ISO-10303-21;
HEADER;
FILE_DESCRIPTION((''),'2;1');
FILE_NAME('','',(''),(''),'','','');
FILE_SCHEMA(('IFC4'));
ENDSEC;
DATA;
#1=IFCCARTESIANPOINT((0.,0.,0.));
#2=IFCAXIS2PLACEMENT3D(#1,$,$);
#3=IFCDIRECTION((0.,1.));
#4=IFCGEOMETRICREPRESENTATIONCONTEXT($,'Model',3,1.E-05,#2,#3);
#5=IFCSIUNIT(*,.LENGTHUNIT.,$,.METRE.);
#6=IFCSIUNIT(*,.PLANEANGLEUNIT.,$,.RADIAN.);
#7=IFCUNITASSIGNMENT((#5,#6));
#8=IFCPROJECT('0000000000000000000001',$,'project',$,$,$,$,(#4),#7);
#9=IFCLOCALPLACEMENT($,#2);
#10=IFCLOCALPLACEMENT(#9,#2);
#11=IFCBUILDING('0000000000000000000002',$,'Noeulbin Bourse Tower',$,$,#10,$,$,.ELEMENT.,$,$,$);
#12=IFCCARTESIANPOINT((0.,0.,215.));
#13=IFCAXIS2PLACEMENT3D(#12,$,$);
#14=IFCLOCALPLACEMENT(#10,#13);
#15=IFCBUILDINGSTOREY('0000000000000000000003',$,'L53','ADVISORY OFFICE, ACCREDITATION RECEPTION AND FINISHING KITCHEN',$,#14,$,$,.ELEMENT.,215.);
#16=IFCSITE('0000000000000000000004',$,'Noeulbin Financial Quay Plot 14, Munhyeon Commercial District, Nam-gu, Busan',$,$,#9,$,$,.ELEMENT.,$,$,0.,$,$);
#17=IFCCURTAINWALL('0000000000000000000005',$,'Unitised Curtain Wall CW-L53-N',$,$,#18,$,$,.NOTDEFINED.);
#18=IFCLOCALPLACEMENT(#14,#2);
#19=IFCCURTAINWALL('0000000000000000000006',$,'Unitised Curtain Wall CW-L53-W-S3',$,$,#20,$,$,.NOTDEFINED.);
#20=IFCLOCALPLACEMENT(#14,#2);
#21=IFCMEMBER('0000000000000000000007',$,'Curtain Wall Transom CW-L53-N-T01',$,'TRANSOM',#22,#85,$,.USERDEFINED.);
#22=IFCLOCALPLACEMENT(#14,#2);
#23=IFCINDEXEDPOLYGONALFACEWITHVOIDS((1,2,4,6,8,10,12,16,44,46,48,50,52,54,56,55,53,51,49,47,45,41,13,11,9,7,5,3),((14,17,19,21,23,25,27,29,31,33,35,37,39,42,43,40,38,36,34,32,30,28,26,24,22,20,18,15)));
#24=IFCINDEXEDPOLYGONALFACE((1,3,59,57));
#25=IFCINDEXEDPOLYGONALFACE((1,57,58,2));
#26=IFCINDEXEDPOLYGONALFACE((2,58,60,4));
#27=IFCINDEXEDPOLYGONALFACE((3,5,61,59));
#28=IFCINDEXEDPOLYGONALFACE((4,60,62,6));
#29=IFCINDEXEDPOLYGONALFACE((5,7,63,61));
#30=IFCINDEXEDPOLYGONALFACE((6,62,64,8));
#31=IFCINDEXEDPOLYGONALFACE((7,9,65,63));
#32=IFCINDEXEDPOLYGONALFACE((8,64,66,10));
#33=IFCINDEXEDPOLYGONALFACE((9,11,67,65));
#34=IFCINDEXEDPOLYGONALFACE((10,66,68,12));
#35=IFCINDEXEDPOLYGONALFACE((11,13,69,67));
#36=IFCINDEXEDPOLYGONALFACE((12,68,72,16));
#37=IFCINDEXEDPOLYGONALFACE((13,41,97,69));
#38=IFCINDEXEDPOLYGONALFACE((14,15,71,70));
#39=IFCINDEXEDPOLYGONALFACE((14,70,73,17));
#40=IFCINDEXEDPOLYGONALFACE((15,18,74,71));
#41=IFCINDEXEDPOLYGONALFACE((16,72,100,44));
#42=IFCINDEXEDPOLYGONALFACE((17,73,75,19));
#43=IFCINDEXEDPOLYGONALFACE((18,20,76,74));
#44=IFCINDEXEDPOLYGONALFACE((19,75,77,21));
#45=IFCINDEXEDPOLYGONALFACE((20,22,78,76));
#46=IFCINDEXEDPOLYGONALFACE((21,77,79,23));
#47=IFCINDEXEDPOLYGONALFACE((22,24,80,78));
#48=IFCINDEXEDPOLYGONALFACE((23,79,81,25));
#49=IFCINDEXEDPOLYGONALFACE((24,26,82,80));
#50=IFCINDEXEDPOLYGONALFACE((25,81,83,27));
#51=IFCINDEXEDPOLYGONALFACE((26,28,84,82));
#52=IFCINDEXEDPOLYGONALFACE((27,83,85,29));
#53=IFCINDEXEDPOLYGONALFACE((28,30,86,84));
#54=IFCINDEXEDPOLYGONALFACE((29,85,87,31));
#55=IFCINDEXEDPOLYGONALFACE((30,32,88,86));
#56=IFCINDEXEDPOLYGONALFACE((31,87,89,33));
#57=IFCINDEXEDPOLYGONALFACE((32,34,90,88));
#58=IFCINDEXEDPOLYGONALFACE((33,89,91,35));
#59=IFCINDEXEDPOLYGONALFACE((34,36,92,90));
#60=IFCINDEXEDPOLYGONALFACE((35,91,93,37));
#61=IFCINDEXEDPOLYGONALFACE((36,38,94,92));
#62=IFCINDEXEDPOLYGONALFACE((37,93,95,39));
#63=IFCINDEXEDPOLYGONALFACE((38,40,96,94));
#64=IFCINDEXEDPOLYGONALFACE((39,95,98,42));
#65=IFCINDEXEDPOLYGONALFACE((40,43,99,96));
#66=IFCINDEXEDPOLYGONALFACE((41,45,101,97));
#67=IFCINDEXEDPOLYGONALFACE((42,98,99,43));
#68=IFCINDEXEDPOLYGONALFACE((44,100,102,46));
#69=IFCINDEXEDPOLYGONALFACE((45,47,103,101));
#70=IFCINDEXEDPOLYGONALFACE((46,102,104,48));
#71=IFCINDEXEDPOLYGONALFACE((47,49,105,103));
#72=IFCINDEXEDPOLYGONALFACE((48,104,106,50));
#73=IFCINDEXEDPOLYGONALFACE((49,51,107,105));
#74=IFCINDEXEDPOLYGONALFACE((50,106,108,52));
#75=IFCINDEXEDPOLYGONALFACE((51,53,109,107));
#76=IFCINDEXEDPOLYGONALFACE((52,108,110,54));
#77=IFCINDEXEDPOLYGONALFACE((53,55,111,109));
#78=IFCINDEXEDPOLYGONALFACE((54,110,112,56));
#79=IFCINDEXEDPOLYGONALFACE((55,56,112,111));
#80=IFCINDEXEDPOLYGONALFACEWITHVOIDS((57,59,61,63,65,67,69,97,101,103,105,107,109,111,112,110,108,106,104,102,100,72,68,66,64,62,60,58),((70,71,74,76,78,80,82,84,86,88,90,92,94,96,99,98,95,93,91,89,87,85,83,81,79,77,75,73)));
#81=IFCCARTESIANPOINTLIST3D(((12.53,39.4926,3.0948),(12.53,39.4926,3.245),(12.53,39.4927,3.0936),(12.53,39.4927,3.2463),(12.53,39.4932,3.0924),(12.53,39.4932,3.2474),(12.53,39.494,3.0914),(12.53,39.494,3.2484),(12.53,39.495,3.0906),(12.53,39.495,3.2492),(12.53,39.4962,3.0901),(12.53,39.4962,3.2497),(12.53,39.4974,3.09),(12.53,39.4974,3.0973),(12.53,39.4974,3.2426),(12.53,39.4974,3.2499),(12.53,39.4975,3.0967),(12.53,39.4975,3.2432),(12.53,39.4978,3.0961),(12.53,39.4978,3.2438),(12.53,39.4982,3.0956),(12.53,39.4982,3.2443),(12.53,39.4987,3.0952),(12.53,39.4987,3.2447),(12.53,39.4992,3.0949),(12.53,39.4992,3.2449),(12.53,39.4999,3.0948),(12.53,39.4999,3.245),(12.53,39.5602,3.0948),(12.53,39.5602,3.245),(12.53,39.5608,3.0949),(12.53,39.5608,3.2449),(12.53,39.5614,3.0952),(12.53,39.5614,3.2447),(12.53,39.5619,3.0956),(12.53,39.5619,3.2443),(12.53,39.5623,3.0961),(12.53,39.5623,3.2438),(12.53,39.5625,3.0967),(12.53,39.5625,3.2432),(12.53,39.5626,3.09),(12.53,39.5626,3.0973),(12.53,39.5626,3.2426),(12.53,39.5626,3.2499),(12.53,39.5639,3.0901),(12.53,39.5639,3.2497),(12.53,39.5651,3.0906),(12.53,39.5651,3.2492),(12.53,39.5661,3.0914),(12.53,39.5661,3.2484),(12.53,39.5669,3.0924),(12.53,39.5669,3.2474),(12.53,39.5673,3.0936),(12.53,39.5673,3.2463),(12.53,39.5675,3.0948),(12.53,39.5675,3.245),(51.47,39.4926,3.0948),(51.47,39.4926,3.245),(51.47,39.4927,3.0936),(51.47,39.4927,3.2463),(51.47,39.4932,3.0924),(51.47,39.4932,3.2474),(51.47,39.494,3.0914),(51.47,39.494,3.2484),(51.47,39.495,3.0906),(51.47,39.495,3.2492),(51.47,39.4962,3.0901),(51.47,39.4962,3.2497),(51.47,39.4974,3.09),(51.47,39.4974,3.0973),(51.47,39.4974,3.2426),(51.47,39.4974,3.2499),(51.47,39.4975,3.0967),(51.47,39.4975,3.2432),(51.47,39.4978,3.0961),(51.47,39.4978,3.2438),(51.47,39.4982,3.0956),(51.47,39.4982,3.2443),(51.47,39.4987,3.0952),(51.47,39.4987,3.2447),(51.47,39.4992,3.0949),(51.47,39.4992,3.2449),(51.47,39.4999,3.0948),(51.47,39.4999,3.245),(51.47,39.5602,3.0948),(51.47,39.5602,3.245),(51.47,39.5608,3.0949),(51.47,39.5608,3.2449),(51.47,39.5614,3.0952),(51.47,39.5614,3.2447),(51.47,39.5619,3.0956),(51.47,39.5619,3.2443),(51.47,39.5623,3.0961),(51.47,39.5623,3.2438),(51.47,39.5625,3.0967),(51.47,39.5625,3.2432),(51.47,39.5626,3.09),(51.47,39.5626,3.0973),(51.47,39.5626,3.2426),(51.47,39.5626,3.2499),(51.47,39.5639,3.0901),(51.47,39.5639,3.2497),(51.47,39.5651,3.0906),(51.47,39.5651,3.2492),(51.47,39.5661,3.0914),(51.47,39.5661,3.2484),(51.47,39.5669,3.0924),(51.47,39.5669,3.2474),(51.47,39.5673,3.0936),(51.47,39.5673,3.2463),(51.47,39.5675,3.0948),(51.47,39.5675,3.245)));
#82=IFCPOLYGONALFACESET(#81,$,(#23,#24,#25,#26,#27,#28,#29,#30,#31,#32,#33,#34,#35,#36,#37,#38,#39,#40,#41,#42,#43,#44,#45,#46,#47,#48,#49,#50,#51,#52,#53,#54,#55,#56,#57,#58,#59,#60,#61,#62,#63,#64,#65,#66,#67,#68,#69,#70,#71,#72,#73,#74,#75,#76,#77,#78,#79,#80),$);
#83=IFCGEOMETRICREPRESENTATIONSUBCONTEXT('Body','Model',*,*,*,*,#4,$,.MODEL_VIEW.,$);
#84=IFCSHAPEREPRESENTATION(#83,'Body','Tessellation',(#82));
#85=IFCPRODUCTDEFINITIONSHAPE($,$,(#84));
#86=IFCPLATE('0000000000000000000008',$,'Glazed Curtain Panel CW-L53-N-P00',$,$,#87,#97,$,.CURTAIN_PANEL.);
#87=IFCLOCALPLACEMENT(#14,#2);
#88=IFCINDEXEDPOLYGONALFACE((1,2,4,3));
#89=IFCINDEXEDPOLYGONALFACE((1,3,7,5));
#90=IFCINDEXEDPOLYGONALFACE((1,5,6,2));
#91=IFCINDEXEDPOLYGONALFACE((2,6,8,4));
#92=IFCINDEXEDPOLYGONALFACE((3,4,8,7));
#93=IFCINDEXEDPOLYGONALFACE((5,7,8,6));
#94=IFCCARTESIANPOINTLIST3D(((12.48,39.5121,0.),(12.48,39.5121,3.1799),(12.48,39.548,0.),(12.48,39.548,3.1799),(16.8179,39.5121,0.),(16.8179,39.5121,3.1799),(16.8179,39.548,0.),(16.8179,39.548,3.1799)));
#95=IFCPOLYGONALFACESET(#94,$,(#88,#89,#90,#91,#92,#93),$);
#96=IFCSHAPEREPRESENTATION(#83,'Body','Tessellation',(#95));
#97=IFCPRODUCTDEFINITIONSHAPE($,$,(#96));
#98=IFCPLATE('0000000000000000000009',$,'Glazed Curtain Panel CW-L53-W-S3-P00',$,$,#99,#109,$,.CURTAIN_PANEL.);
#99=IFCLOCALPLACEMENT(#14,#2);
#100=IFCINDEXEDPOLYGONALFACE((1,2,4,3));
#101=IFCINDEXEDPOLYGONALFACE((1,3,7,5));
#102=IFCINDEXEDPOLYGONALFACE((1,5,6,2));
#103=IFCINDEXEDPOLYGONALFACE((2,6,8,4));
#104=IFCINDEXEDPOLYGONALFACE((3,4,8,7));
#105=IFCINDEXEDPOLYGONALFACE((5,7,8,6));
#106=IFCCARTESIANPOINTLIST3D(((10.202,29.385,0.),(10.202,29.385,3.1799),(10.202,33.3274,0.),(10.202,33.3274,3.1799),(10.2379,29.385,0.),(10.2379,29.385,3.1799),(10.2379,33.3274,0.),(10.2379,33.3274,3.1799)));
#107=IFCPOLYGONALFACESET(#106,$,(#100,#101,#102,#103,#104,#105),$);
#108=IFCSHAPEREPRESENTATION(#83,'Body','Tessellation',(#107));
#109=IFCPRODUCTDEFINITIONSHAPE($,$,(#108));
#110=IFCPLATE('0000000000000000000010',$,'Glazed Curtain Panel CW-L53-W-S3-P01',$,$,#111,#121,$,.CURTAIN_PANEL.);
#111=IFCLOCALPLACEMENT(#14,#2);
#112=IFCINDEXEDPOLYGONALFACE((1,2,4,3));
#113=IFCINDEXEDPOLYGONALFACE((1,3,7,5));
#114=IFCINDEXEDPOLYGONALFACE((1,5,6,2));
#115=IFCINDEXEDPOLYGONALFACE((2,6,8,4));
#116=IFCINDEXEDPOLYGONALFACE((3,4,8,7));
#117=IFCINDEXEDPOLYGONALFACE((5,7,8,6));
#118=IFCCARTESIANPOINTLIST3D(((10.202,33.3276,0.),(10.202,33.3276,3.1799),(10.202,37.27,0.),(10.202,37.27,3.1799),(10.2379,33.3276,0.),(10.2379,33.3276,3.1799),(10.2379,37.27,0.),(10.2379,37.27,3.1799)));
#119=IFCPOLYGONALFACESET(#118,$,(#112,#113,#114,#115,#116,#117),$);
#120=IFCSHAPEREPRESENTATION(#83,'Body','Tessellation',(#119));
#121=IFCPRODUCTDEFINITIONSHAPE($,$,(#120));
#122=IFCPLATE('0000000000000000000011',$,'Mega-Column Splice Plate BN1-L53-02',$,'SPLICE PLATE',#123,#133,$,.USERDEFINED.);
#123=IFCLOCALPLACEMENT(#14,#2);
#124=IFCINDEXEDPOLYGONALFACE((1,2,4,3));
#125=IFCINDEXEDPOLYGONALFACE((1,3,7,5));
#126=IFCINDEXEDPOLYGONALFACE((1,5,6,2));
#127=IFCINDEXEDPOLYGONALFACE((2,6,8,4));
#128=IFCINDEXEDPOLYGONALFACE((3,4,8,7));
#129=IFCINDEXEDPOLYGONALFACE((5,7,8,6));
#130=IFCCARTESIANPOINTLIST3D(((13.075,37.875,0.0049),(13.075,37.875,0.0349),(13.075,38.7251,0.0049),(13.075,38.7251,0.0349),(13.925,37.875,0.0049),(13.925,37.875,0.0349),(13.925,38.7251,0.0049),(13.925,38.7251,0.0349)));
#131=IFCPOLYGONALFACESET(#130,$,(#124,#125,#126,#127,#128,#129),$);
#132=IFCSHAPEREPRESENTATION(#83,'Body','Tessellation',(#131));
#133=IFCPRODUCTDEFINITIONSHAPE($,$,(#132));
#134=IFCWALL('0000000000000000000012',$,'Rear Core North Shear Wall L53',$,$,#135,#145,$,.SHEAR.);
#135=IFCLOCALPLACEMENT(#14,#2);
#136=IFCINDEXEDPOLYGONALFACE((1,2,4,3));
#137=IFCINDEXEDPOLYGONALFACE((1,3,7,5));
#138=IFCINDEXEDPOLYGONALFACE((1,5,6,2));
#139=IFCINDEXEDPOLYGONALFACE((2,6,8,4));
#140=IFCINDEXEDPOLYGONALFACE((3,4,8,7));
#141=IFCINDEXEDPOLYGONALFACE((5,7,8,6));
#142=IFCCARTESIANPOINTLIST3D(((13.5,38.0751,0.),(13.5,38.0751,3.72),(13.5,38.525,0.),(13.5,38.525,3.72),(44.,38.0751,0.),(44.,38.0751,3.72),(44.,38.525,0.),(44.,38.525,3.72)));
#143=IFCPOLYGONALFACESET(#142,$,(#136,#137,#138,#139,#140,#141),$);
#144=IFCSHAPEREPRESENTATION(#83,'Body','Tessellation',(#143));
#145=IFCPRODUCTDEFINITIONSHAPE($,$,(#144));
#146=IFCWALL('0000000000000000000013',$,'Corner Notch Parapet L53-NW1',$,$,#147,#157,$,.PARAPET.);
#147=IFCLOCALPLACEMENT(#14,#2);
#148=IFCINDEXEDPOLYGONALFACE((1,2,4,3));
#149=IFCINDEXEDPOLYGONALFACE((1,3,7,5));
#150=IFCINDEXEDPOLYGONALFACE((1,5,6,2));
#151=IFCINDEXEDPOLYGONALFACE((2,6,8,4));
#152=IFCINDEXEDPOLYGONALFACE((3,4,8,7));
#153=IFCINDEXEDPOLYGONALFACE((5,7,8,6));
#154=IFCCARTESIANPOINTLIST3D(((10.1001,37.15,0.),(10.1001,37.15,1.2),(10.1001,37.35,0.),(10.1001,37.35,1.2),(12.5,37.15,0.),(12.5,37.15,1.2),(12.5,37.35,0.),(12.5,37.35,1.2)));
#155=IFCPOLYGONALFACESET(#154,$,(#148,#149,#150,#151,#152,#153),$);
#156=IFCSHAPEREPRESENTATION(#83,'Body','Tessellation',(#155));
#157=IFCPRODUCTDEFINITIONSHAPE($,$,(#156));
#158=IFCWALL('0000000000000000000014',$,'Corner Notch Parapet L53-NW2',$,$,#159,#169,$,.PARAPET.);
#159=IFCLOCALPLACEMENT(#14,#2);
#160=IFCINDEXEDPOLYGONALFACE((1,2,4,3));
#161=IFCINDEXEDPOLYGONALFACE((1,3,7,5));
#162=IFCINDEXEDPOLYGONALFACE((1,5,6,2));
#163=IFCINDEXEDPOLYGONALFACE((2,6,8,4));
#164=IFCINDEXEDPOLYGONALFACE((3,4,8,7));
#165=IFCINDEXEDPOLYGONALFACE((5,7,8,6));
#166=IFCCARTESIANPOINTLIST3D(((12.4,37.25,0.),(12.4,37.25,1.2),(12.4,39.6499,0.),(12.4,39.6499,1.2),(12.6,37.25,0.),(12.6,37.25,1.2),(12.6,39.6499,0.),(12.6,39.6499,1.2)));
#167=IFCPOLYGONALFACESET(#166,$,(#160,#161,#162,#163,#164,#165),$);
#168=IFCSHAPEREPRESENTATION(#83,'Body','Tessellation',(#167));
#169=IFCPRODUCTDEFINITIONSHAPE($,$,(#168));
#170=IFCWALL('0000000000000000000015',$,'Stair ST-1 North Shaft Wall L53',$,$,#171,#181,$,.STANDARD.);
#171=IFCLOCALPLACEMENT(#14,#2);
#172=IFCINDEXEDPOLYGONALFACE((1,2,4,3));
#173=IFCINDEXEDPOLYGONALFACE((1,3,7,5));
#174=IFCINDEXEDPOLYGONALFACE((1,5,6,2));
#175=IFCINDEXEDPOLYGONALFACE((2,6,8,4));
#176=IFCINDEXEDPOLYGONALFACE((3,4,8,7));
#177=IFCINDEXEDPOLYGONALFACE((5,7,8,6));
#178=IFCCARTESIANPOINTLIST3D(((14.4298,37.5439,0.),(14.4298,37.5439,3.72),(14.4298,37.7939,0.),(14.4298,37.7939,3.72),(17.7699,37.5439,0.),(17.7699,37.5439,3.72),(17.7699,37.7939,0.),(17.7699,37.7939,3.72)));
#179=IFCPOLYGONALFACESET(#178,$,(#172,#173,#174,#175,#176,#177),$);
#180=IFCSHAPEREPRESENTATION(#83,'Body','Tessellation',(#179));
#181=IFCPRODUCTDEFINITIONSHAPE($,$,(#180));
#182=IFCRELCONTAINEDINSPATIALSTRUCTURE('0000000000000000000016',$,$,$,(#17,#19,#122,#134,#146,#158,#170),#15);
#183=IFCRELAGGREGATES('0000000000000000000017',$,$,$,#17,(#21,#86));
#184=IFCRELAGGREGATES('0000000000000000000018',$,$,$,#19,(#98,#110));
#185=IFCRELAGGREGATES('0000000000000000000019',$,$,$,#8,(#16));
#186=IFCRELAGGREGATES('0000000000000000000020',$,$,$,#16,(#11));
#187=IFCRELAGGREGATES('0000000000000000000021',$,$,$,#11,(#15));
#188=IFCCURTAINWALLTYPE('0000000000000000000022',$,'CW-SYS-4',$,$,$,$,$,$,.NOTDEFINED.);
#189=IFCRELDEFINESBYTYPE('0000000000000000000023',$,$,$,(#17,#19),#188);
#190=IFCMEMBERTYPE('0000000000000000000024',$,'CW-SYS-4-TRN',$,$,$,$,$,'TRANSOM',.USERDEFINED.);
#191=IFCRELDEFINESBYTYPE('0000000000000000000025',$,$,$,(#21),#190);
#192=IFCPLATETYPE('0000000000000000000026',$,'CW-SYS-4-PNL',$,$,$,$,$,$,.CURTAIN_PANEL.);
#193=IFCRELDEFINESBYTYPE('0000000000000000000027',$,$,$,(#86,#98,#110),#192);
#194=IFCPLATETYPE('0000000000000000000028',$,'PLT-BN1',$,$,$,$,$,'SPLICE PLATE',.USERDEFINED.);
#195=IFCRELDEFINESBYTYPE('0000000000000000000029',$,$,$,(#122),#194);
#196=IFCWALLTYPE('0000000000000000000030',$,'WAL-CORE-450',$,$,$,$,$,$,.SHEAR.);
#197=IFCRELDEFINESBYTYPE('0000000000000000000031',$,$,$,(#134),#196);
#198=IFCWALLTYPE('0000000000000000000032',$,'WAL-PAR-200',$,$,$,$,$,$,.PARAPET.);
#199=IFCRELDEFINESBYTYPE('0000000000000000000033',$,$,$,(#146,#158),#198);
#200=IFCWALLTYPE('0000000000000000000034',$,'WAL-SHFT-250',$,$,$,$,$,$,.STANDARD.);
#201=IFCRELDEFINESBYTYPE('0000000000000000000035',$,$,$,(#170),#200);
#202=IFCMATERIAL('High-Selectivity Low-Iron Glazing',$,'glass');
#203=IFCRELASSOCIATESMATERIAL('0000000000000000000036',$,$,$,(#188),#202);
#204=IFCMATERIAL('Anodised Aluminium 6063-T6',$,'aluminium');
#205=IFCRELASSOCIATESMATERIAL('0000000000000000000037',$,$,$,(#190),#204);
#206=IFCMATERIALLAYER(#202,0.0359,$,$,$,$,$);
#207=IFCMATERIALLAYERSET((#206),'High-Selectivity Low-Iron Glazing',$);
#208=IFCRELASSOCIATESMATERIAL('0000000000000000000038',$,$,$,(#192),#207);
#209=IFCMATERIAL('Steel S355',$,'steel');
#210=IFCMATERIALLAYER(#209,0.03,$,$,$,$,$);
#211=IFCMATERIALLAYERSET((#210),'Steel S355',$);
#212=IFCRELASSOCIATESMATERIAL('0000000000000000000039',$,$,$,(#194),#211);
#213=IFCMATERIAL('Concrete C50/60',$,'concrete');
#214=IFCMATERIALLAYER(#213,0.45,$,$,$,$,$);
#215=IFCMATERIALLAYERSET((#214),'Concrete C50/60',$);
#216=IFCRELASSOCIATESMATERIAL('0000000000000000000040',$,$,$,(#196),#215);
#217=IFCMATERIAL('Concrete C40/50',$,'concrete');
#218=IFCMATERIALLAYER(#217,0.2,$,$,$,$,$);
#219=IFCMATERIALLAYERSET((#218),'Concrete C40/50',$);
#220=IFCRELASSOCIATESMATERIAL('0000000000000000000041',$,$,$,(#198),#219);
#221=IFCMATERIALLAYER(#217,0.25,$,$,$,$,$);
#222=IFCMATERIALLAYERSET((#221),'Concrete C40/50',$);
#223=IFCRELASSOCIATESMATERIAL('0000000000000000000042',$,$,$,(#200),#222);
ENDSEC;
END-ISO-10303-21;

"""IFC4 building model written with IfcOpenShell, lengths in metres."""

from ifc_helpers import new_model, si_unit, direction, frame, frame_2d, origin, origin_2d, place, context, subcontext, project, spatial, rectangle, hollow_rectangle, extrude, material, layer, layer_set, material_profile, profile_set, type_object, element, aggregate, save


model = new_model("IFC4")

# Units and contexts
model_context = context("Model", 3, precision=1e-05, world=origin(), true_north=direction((0.0, 1.0)))
body_context = subcontext(model_context, "Body", "Model", "MODEL_VIEW")
ifc_project = project(units=[si_unit("LENGTHUNIT", "METRE"), si_unit("PLANEANGLEUNIT", "RADIAN")], contexts=[model_context])

# Site, building, storey
site_placement = place(None, origin())
site = spatial("IfcSite", under=ifc_project, at=site_placement, Name="Noeulbin Financial Quay Plot 14, Munhyeon Commercial District, Nam-gu, Busan", CompositionType="ELEMENT", RefElevation=0.0)
building_placement = place(site_placement, origin())
building = spatial("IfcBuilding", under=site, at=building_placement, Name="Noeulbin Bourse Tower", CompositionType="ELEMENT")
storey_placement = place(building_placement, frame((0.0, 0.0, 215.0)))
storey = spatial("IfcBuildingStorey", under=building, at=storey_placement, Name="L53", Description="ADVISORY OFFICE, ACCREDITATION RECEPTION AND FINISHING KITCHEN", CompositionType="ELEMENT", Elevation=215.0)

# Shared definitions
ifc_material_1 = material(Name="Steel S355", Category="steel")

# Curtain wall
ifc_material_2 = material(Name="High-Selectivity Low-Iron Glazing", Category="glass")
curtain_wall_type = type_object("IfcCurtainWallType", Name="CW-SYS-4", PredefinedType="NOTDEFINED", material=ifc_material_2)
curtain_wall_1_placement = place(storey_placement, origin())
curtain_wall_1 = element("IfcCurtainWall", 1, at=curtain_wall_1_placement, inside=storey, type_object=curtain_wall_type, Name="Unitised Curtain Wall CW-L53-N", PredefinedType="NOTDEFINED")
ifc_material_3 = material(Name="Anodised Aluminium 6063-T6", Category="aluminium")

# Curtain wall
curtain_wall_2_placement = place(storey_placement, origin())
curtain_wall_2 = element("IfcCurtainWall", 2, at=curtain_wall_2_placement, inside=storey, type_object=curtain_wall_type, Name="Unitised Curtain Wall CW-L53-W-S3", PredefinedType="NOTDEFINED")

# Member
ifc_material_profile_1 = material_profile(ifc_material_3, hollow_rectangle(XDim=0.075, YDim=0.1599, WallThickness=0.0049, InnerFilletRadius=0.0024, OuterFilletRadius=0.0049, at=origin_2d()), Name="ALU-TRAN-75x160x5", Category="LoadBearing")
ifc_profile_set_1 = profile_set([ifc_material_profile_1], Name="Anodised Aluminium 6063-T6")
member_type_1 = type_object("IfcMemberType", Name="CW-SYS-4-TRN", ElementType="TRANSOM", PredefinedType="USERDEFINED", material=ifc_profile_set_1)
member_1_placement = place(storey_placement, frame((12.53, 39.53, 3.1699), z_axis=(1.0, 0.0, 0.0), x_axis=(0.0, 1.0, 0.0)))
member_1 = element("IfcMember", 3, at=member_1_placement, type_object=member_type_1, Name="Curtain Wall Transom CW-L53-N-T01", ObjectType="TRANSOM", PredefinedType="USERDEFINED", context=body_context, shape_type="SweptSolid", body=[
    extrude(hollow_rectangle(XDim=0.075, YDim=0.1599, WallThickness=0.0049, InnerFilletRadius=0.0024, OuterFilletRadius=0.0049, at=origin_2d()), origin(), (0.0, 0.0, 1.0), 38.9399),
])

# Plates
ifc_layer_1 = layer(ifc_material_2, 0.0359)
ifc_layer_set_1 = layer_set([ifc_layer_1], Name="High-Selectivity Low-Iron Glazing")
plate_type_1 = type_object("IfcPlateType", Name="CW-SYS-4-PNL", PredefinedType="CURTAIN_PANEL", material=ifc_layer_set_1)
plate_1_placement = place(storey_placement, frame((14.6489, 39.53, 0.0), z_axis=(0.0, 0.0, 1.0), x_axis=(1.0, 0.0, 0.0)))
plate_1 = element("IfcPlate", 4, at=plate_1_placement, type_object=plate_type_1, Name="Glazed Curtain Panel CW-L53-N-P00", PredefinedType="CURTAIN_PANEL", context=body_context, shape_type="SweptSolid", body=[
    extrude(rectangle(XDim=4.3379, YDim=0.0359, at=origin_2d()), origin(), (0.0, 0.0, 1.0), 3.1799),
])
aggregate(curtain_wall_1, [member_1, plate_1])
plate_2_placement = place(storey_placement, frame((10.22, 31.3562, 0.0), z_axis=(0.0, 0.0, 1.0), x_axis=(0.0, 1.0, 0.0)))
plate_2 = element("IfcPlate", 5, at=plate_2_placement, type_object=plate_type_1, Name="Glazed Curtain Panel CW-L53-W-S3-P00", PredefinedType="CURTAIN_PANEL", context=body_context, shape_type="SweptSolid", body=[
    extrude(rectangle(XDim=3.9424, YDim=0.0359, at=origin_2d()), origin(), (0.0, 0.0, 1.0), 3.1799),
])
plate_3_placement = place(storey_placement, frame((10.22, 35.2988, 0.0), z_axis=(0.0, 0.0, 1.0), x_axis=(0.0, 1.0, 0.0)))
plate_3 = element("IfcPlate", 6, at=plate_3_placement, type_object=plate_type_1, Name="Glazed Curtain Panel CW-L53-W-S3-P01", PredefinedType="CURTAIN_PANEL", context=body_context, shape_type="SweptSolid", body=[
    extrude(rectangle(XDim=3.9424, YDim=0.0359, at=origin_2d()), origin(), (0.0, 0.0, 1.0), 3.1799),
])
aggregate(curtain_wall_2, [plate_2, plate_3])
ifc_layer_2 = layer(ifc_material_1, 0.03)
ifc_layer_set_2 = layer_set([ifc_layer_2], Name="Steel S355")
plate_type_2 = type_object("IfcPlateType", Name="PLT-BN1", ElementType="SPLICE PLATE", PredefinedType="USERDEFINED", material=ifc_layer_set_2)
plate_4_placement = place(storey_placement, frame((13.5, 38.3, 0.0049), z_axis=(0.0, 0.0, 1.0), x_axis=(1.0, 0.0, 0.0)))
element("IfcPlate", 7, at=plate_4_placement, inside=storey, type_object=plate_type_2, Name="Mega-Column Splice Plate BN1-L53-02", ObjectType="SPLICE PLATE", PredefinedType="USERDEFINED", context=body_context, shape_type="SweptSolid", body=[
    extrude(rectangle(XDim=0.8501, YDim=0.8501, at=origin_2d()), origin(), (0.0, 0.0, 1.0), 0.03),
])

# Walls
ifc_material_4 = material(Name="Concrete C50/60", Category="concrete")
ifc_layer_3 = layer(ifc_material_4, 0.45)
ifc_layer_set_3 = layer_set([ifc_layer_3], Name="Concrete C50/60")
wall_type_1 = type_object("IfcWallType", Name="WAL-CORE-450", PredefinedType="SHEAR", material=ifc_layer_set_3)
wall_1_placement = place(storey_placement, frame((13.5, 38.3, 0.0), z_axis=(0.0, 0.0, 1.0), x_axis=(1.0, 0.0, 0.0)))
element("IfcWall", 8, at=wall_1_placement, inside=storey, type_object=wall_type_1, Name="Rear Core North Shear Wall L53", PredefinedType="SHEAR", context=body_context, shape_type="SweptSolid", body=[
    extrude(rectangle(XDim=30.5, YDim=0.45, at=frame_2d((15.25, 0.0))), origin(), (0.0, 0.0, 1.0), 3.72),
])
ifc_material_5 = material(Name="Concrete C40/50", Category="concrete")
ifc_layer_4 = layer(ifc_material_5, 0.2)
ifc_layer_set_4 = layer_set([ifc_layer_4], Name="Concrete C40/50")
wall_type_2 = type_object("IfcWallType", Name="WAL-PAR-200", PredefinedType="PARAPET", material=ifc_layer_set_4)
for number, where, z_axis, x_axis, name in (
    (9, (10.1001, 37.25, 0.0), (0.0, 0.0, 1.0), (1.0, 0.0, 0.0), "Corner Notch Parapet L53-NW1"),
    (10, (12.5, 37.25, 0.0), (0.0, 0.0, 1.0), (0.0, 1.0, 0.0), "Corner Notch Parapet L53-NW2"),
):
    element("IfcWall", number, at=place(storey_placement, frame(where, z_axis=z_axis, x_axis=x_axis)), inside=storey, type_object=wall_type_2, Name=name, PredefinedType="PARAPET", context=body_context, shape_type="SweptSolid", body=[
        extrude(rectangle(XDim=2.3999, YDim=0.2, at=frame_2d((1.2, 0.0))), origin(), (0.0, 0.0, 1.0), 1.2),
    ])
ifc_layer_5 = layer(ifc_material_5, 0.25)
ifc_layer_set_5 = layer_set([ifc_layer_5], Name="Concrete C40/50")
wall_type_3 = type_object("IfcWallType", Name="WAL-SHFT-250", PredefinedType="STANDARD", material=ifc_layer_set_5)
wall_2_placement = place(storey_placement, frame((14.4299, 37.6689, 0.0), z_axis=(0.0, 0.0, 1.0), x_axis=(1.0, 0.0, 0.0)))
element("IfcWall", 11, at=wall_2_placement, inside=storey, type_object=wall_type_3, Name="Stair ST-1 North Shaft Wall L53", PredefinedType="STANDARD", context=body_context, shape_type="SweptSolid", body=[
    extrude(rectangle(XDim=3.3401, YDim=0.25, at=frame_2d((1.6699, 0.0))), origin(), (0.0, 0.0, 1.0), 3.72),
])

save(model, "model.ifc")
